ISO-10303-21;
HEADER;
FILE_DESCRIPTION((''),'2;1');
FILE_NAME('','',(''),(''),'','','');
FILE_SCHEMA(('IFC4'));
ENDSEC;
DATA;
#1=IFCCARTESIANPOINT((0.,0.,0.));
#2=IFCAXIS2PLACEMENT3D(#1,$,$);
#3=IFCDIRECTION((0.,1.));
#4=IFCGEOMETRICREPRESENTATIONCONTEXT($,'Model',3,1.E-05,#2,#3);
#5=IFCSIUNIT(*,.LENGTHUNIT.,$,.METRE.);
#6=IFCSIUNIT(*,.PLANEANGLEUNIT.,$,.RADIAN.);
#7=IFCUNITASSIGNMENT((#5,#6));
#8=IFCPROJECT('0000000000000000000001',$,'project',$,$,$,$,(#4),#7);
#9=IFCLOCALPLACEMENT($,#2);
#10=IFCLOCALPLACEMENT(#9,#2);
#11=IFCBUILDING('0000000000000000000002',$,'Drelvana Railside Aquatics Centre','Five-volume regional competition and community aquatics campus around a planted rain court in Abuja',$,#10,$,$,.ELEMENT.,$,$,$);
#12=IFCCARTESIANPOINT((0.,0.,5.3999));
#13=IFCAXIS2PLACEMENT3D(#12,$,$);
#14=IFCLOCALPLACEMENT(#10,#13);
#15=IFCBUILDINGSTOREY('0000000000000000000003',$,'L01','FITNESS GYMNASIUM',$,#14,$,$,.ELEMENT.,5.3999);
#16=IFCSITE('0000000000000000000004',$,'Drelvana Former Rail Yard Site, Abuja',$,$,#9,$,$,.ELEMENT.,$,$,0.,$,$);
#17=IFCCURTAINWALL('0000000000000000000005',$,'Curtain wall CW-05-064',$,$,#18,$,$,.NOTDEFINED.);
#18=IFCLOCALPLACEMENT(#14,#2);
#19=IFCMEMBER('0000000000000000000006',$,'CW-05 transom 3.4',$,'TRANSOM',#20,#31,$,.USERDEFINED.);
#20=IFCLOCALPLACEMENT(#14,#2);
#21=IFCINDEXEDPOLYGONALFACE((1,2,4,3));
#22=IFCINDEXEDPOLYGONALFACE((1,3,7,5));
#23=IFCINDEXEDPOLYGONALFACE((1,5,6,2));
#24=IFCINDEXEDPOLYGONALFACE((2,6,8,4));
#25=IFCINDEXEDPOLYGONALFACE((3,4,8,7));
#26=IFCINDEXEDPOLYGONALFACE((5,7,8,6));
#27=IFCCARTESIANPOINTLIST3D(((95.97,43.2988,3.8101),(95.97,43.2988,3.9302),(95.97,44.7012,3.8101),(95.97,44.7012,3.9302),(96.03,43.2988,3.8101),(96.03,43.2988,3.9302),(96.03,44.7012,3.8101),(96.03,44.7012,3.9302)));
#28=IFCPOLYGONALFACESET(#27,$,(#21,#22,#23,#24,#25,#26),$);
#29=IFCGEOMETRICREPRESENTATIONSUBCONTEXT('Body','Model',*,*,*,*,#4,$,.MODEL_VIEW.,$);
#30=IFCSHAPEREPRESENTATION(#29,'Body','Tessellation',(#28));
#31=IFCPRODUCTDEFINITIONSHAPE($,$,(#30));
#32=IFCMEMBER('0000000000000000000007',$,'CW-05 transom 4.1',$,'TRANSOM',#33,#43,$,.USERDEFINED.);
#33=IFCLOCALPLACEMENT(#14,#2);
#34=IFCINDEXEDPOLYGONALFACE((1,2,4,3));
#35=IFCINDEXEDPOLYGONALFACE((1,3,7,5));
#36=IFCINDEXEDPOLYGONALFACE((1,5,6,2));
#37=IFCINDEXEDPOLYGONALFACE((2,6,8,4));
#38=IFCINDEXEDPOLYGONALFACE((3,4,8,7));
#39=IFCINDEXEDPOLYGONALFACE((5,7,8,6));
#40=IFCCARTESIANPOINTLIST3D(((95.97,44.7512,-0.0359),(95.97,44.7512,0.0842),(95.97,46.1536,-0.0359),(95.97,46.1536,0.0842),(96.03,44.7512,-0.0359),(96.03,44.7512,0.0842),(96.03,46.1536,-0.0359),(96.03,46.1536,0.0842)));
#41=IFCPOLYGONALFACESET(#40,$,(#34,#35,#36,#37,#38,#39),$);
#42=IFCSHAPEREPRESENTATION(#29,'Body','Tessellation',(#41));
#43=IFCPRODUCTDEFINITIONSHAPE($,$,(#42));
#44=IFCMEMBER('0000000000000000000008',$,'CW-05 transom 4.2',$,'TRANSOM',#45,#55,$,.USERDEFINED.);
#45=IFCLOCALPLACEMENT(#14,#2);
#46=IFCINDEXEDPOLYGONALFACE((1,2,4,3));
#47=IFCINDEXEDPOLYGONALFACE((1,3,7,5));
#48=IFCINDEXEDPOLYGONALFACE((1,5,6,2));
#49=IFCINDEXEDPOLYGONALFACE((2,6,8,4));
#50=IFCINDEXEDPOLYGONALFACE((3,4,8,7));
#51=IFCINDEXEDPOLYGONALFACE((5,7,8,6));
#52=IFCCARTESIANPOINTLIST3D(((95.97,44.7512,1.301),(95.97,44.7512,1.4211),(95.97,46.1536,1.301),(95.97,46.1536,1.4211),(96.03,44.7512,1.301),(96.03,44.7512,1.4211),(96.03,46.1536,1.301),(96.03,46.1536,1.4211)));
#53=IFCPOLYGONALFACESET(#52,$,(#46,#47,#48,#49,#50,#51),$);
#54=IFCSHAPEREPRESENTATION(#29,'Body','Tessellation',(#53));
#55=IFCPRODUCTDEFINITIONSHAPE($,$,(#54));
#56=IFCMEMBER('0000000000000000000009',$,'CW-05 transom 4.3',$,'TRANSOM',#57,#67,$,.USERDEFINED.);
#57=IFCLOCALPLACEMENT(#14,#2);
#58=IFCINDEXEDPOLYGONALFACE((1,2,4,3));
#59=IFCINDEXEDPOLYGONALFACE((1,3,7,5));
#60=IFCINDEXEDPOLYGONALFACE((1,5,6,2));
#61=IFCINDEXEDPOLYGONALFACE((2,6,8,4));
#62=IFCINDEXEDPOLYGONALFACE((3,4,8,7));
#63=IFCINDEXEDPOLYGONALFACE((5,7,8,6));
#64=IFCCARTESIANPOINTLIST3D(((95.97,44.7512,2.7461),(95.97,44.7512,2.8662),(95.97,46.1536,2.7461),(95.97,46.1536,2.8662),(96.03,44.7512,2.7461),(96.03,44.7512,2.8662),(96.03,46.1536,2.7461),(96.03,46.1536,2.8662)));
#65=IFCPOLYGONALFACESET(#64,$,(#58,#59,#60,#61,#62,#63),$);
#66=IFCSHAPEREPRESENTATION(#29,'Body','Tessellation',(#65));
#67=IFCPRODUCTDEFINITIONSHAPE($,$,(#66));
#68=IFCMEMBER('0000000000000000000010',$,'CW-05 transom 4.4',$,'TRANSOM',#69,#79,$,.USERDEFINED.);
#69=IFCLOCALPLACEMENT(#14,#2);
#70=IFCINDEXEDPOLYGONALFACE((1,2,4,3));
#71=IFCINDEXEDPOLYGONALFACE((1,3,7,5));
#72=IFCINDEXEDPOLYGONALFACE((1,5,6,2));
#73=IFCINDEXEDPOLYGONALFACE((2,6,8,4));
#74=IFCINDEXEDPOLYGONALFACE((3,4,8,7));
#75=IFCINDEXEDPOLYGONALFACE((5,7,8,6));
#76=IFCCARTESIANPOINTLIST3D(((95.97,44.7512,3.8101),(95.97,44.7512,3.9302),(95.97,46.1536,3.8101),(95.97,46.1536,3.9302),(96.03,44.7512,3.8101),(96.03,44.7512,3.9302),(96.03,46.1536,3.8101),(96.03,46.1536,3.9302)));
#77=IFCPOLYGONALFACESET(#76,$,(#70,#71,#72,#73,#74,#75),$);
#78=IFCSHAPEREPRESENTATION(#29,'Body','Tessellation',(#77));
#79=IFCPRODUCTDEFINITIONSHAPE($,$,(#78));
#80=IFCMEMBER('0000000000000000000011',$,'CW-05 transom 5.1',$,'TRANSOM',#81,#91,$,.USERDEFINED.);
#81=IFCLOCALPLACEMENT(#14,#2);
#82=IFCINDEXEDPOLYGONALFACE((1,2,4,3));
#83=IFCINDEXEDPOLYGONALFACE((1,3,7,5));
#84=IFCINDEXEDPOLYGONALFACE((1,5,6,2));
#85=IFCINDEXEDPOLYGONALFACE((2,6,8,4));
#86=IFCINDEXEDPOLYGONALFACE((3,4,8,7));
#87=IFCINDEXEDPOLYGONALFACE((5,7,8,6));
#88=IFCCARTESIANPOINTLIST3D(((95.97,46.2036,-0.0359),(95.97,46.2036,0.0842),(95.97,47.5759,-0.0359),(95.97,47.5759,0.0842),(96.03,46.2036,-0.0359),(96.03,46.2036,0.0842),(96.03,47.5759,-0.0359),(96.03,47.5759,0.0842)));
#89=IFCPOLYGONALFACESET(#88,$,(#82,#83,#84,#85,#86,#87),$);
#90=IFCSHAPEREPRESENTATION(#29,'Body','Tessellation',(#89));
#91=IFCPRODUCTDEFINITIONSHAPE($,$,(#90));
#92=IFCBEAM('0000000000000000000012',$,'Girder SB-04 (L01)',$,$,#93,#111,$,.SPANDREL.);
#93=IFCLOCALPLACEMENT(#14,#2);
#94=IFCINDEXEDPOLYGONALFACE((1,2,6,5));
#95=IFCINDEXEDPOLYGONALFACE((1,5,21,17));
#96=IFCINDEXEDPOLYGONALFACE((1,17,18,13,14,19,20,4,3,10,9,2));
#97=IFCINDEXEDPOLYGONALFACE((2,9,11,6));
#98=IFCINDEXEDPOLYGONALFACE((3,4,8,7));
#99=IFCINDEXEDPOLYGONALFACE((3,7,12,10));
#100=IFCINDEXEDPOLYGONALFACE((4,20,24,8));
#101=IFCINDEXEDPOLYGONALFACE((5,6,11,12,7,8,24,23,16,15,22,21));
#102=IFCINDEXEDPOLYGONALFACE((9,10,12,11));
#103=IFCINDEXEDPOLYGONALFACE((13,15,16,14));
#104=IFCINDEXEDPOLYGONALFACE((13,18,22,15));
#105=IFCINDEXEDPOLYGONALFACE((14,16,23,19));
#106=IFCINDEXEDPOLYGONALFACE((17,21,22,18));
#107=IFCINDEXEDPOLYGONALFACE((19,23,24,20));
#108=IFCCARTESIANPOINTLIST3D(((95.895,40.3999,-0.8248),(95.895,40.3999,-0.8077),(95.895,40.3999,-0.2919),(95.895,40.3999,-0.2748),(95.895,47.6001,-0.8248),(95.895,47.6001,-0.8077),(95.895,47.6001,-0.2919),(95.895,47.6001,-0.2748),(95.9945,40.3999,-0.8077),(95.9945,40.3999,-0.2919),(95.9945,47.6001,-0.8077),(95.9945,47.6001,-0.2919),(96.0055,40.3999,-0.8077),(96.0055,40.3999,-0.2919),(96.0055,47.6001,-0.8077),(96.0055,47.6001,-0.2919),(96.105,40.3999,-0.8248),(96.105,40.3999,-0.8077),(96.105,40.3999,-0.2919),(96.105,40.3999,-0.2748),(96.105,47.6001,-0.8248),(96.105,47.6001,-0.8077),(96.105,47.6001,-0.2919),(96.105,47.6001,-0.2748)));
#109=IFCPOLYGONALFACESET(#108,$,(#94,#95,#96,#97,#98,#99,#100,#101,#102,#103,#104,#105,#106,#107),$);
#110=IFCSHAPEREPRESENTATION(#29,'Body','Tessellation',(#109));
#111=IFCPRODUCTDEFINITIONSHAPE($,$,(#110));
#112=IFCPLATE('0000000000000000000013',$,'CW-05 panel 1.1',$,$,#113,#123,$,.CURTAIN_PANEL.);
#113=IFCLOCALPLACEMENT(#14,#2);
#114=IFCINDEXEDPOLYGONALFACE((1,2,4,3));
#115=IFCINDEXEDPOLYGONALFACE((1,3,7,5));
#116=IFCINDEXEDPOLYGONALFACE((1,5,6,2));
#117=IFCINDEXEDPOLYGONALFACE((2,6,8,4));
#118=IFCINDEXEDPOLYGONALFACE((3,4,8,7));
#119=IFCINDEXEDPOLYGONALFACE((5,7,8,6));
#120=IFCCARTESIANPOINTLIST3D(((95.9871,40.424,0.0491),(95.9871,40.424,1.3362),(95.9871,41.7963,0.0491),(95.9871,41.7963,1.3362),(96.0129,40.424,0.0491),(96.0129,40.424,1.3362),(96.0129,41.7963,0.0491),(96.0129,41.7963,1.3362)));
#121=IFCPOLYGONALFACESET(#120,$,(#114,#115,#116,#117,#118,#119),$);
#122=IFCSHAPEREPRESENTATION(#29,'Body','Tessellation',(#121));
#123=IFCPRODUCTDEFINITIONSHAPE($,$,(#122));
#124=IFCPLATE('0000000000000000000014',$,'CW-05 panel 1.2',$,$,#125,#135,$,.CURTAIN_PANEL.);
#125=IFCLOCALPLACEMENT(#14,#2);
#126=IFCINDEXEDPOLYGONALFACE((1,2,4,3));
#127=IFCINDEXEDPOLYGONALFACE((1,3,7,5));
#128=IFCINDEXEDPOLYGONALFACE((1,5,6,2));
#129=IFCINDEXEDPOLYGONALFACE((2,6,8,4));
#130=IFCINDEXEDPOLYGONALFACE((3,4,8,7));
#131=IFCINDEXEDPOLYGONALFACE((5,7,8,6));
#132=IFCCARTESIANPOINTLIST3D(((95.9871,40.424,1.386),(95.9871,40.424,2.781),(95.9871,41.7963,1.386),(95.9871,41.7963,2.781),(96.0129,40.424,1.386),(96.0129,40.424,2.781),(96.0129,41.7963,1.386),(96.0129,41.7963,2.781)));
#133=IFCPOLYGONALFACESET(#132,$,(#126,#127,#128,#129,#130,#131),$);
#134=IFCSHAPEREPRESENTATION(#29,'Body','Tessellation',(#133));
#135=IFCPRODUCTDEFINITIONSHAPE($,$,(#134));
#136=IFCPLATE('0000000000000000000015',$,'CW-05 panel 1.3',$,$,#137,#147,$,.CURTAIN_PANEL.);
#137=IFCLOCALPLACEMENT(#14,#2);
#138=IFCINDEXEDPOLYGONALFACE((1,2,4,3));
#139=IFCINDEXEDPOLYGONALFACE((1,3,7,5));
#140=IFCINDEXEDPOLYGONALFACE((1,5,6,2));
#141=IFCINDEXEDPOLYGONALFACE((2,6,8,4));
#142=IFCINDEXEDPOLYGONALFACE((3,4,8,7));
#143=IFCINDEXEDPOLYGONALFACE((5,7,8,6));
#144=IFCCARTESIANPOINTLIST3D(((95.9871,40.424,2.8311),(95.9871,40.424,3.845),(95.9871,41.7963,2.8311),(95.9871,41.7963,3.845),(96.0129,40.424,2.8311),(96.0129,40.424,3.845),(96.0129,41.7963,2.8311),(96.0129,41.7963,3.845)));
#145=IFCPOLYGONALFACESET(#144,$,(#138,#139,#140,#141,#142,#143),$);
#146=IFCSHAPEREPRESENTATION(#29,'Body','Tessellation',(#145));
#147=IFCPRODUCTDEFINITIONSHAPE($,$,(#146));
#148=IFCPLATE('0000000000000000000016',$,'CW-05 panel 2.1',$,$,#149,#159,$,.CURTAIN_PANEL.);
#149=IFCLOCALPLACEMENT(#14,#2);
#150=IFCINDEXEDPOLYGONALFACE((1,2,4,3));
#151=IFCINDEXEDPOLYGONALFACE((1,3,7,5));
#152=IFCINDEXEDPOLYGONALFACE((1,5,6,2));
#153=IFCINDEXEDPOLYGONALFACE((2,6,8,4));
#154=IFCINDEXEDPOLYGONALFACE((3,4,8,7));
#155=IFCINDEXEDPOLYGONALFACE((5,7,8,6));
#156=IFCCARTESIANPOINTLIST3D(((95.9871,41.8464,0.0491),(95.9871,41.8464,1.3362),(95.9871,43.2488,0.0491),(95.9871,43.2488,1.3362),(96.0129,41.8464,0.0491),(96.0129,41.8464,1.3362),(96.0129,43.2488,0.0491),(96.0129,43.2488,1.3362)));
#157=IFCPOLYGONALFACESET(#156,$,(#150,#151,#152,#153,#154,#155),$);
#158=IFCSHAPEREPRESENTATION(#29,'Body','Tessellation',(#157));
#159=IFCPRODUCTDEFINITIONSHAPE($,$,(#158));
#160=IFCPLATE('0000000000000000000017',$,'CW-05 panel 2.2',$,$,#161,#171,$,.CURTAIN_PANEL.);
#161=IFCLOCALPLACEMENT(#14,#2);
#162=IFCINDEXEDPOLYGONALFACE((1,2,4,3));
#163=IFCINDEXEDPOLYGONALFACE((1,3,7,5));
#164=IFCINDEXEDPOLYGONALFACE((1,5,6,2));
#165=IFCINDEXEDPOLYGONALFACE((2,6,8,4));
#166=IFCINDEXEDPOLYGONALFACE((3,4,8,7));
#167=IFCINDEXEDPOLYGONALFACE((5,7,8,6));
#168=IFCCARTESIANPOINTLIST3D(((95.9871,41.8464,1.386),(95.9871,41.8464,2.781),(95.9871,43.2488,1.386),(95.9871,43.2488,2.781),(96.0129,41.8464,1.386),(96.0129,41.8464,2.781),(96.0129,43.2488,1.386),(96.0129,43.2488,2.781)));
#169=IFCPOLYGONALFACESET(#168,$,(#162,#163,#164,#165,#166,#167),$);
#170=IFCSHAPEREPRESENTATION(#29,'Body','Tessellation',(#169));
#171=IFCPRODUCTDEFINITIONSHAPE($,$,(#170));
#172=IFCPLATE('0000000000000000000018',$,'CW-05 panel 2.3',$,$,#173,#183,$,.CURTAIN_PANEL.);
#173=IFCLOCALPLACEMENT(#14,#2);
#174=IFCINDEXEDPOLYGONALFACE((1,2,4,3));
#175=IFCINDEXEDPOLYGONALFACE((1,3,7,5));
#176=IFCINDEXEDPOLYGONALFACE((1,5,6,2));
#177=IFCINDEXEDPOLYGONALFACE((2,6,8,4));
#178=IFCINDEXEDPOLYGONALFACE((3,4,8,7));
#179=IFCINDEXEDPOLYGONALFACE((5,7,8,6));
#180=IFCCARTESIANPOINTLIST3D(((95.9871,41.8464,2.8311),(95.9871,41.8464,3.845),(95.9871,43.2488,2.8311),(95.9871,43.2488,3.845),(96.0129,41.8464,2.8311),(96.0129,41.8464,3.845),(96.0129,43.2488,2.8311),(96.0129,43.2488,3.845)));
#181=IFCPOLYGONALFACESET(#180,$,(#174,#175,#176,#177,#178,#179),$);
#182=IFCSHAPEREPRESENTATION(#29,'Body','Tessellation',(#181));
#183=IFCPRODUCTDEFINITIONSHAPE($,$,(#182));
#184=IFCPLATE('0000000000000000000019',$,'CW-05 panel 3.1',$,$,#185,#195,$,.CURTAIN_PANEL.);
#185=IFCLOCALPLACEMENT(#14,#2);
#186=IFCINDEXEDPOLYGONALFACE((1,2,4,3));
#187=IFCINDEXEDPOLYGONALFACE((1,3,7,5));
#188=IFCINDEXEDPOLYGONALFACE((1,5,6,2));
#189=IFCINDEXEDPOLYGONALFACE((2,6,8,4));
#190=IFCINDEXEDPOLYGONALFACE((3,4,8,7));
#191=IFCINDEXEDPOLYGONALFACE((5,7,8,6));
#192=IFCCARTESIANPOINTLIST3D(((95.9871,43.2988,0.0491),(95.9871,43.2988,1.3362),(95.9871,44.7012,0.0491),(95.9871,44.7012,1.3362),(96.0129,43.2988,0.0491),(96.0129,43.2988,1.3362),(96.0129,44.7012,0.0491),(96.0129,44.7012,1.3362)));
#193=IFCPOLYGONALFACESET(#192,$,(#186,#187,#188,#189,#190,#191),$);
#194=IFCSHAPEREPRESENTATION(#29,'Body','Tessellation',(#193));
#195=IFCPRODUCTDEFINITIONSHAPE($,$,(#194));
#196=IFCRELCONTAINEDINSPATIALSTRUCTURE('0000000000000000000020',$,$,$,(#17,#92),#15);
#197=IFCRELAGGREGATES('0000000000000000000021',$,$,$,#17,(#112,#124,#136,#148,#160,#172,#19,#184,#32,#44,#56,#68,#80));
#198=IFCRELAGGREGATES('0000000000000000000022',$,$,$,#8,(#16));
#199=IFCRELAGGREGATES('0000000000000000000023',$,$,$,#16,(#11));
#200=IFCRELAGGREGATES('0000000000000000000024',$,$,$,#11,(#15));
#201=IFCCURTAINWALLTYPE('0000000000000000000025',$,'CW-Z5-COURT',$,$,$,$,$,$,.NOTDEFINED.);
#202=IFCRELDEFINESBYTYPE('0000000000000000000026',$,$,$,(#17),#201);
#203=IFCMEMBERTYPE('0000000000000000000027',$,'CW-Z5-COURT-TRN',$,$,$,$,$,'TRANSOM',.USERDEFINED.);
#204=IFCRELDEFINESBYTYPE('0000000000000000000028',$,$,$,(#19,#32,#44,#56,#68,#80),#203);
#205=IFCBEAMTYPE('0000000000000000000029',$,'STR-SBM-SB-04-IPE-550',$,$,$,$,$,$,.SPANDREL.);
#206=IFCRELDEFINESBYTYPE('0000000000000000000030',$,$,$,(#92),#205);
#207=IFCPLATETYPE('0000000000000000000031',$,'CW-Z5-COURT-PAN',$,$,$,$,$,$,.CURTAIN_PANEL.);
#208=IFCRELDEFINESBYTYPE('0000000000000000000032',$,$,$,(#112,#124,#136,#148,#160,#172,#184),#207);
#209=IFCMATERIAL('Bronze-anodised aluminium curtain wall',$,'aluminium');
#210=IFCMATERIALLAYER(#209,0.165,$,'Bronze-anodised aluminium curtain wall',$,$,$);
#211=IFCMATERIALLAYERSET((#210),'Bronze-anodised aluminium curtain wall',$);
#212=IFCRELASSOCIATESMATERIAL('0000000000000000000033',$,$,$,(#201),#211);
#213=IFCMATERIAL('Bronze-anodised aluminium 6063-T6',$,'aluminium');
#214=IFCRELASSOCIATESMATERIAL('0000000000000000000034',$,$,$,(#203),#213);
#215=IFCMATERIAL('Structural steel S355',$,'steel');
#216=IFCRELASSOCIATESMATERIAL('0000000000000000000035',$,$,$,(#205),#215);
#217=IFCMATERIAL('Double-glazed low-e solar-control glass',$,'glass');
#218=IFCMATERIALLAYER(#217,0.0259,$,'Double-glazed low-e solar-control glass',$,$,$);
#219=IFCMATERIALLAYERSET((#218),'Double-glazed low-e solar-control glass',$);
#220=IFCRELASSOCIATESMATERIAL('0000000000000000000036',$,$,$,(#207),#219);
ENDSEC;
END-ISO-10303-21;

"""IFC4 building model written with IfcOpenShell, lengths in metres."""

from ifc_helpers import new_model, si_unit, direction, frame, origin, origin_2d, place, context, subcontext, project, spatial, rectangle, i_section, extrude, material, layer, layer_set, material_profile, profile_set, type_object, element, aggregate, save


model = new_model("IFC4")

# Units and contexts
model_context = context("Model", 3, precision=1e-05, world=origin(), true_north=direction((0.0, 1.0)))
body_context = subcontext(model_context, "Body", "Model", "MODEL_VIEW")
ifc_project = project(units=[si_unit("LENGTHUNIT", "METRE"), si_unit("PLANEANGLEUNIT", "RADIAN")], contexts=[model_context])

# Site, building, storey
site_placement = place(None, origin())
site = spatial("IfcSite", under=ifc_project, at=site_placement, Name="Drelvana Former Rail Yard Site, Abuja", CompositionType="ELEMENT", RefElevation=0.0)
building_placement = place(site_placement, origin())
building = spatial("IfcBuilding", under=site, at=building_placement, Name="Drelvana Railside Aquatics Centre", Description="Five-volume regional competition and community aquatics campus around a planted rain court in Abuja", CompositionType="ELEMENT")
storey_placement = place(building_placement, frame((0.0, 0.0, 5.3999)))
storey = spatial("IfcBuildingStorey", under=building, at=storey_placement, Name="L01", Description="FITNESS GYMNASIUM", CompositionType="ELEMENT", Elevation=5.3999)

# Curtain wall, members
ifc_material_1 = material(Name="Bronze-anodised aluminium curtain wall", Category="aluminium")
ifc_layer_1 = layer(ifc_material_1, 0.165, Name="Bronze-anodised aluminium curtain wall")
ifc_layer_set_1 = layer_set([ifc_layer_1], Name="Bronze-anodised aluminium curtain wall")
curtain_wall_type = type_object("IfcCurtainWallType", Name="CW-Z5-COURT", PredefinedType="NOTDEFINED", material=ifc_layer_set_1)
curtain_wall_placement = place(storey_placement, origin())
curtain_wall = element("IfcCurtainWall", 1, at=curtain_wall_placement, inside=storey, type_object=curtain_wall_type, Name="Curtain wall CW-05-064", PredefinedType="NOTDEFINED")
ifc_material_2 = material(Name="Bronze-anodised aluminium 6063-T6", Category="aluminium")
ifc_material_profile_1 = material_profile(ifc_material_2, rectangle(XDim=0.1201, YDim=0.0601, at=origin_2d()), Name="ALU-T 60x120")
ifc_profile_set_1 = profile_set([ifc_material_profile_1], Name="Bronze-anodised aluminium 6063-T6")
member_type_1 = type_object("IfcMemberType", Name="CW-Z5-COURT-TRN", ElementType="TRANSOM", PredefinedType="USERDEFINED", material=ifc_profile_set_1)
member_1_placement = place(storey_placement, frame((96.0, 43.2988, 3.8701), z_axis=(0.0, 1.0, 0.0), x_axis=(0.0, 0.0, 1.0)))
member_1 = element("IfcMember", 2, at=member_1_placement, type_object=member_type_1, Name="CW-05 transom 3.4", ObjectType="TRANSOM", PredefinedType="USERDEFINED", context=body_context, shape_type="SweptSolid", body=[
    extrude(rectangle(XDim=0.1201, YDim=0.0601, at=origin_2d()), origin(), (0.0, 0.0, 1.0), 1.4023),
])
member_2_placement = place(storey_placement, frame((96.0, 44.7512, 0.0242), z_axis=(0.0, 1.0, 0.0), x_axis=(0.0, 0.0, 1.0)))
member_2 = element("IfcMember", 3, at=member_2_placement, type_object=member_type_1, Name="CW-05 transom 4.1", ObjectType="TRANSOM", PredefinedType="USERDEFINED", context=body_context, shape_type="SweptSolid", body=[
    extrude(rectangle(XDim=0.1201, YDim=0.0601, at=origin_2d()), origin(), (0.0, 0.0, 1.0), 1.4023),
])
member_3_placement = place(storey_placement, frame((96.0, 44.7512, 1.3611), z_axis=(0.0, 1.0, 0.0), x_axis=(0.0, 0.0, 1.0)))
member_3 = element("IfcMember", 4, at=member_3_placement, type_object=member_type_1, Name="CW-05 transom 4.2", ObjectType="TRANSOM", PredefinedType="USERDEFINED", context=body_context, shape_type="SweptSolid", body=[
    extrude(rectangle(XDim=0.1201, YDim=0.0601, at=origin_2d()), origin(), (0.0, 0.0, 1.0), 1.4023),
])
member_4_placement = place(storey_placement, frame((96.0, 44.7512, 2.8062), z_axis=(0.0, 1.0, 0.0), x_axis=(0.0, 0.0, 1.0)))
member_4 = element("IfcMember", 5, at=member_4_placement, type_object=member_type_1, Name="CW-05 transom 4.3", ObjectType="TRANSOM", PredefinedType="USERDEFINED", context=body_context, shape_type="SweptSolid", body=[
    extrude(rectangle(XDim=0.1201, YDim=0.0601, at=origin_2d()), origin(), (0.0, 0.0, 1.0), 1.4023),
])
member_5_placement = place(storey_placement, frame((96.0, 44.7512, 3.8701), z_axis=(0.0, 1.0, 0.0), x_axis=(0.0, 0.0, 1.0)))
member_5 = element("IfcMember", 6, at=member_5_placement, type_object=member_type_1, Name="CW-05 transom 4.4", ObjectType="TRANSOM", PredefinedType="USERDEFINED", context=body_context, shape_type="SweptSolid", body=[
    extrude(rectangle(XDim=0.1201, YDim=0.0601, at=origin_2d()), origin(), (0.0, 0.0, 1.0), 1.4023),
])
member_6_placement = place(storey_placement, frame((96.0, 46.2036, 0.0242), z_axis=(0.0, 1.0, 0.0), x_axis=(0.0, 0.0, 1.0)))
member_6 = element("IfcMember", 7, at=member_6_placement, type_object=member_type_1, Name="CW-05 transom 5.1", ObjectType="TRANSOM", PredefinedType="USERDEFINED", context=body_context, shape_type="SweptSolid", body=[
    extrude(rectangle(XDim=0.1201, YDim=0.0601, at=origin_2d()), origin(), (0.0, 0.0, 1.0), 1.3723),
])

# Beam
ifc_material_3 = material(Name="Structural steel S355", Category="steel")
ifc_material_profile_2 = material_profile(ifc_material_3, i_section(OverallWidth=0.21, OverallDepth=0.55, WebThickness=0.011, FlangeThickness=0.0171, at=origin_2d()), Name="IPE 550")
ifc_profile_set_2 = profile_set([ifc_material_profile_2], Name="Structural steel S355")
beam_type = type_object("IfcBeamType", Name="STR-SBM-SB-04-IPE-550", PredefinedType="SPANDREL", material=ifc_profile_set_2)
beam_placement = place(storey_placement, frame((96.0, 40.3999, -0.5498), z_axis=(0.0, 1.0, 0.0), x_axis=(-1.0, 0.0, 0.0)))
element("IfcBeam", 8, at=beam_placement, inside=storey, type_object=beam_type, Name="Girder SB-04 (L01)", PredefinedType="SPANDREL", context=body_context, shape_type="SweptSolid", body=[
    extrude(i_section(OverallWidth=0.21, OverallDepth=0.55, WebThickness=0.011, FlangeThickness=0.0171, at=origin_2d()), origin(), (0.0, 0.0, 1.0), 7.2002),
])

# Plates
ifc_material_4 = material(Name="Double-glazed low-e solar-control glass", Category="glass")
ifc_layer_2 = layer(ifc_material_4, 0.0259, Name="Double-glazed low-e solar-control glass")
ifc_layer_set_2 = layer_set([ifc_layer_2], Name="Double-glazed low-e solar-control glass")
plate_type = type_object("IfcPlateType", Name="CW-Z5-COURT-PAN", PredefinedType="CURTAIN_PANEL", material=ifc_layer_set_2)
plate_1_placement = place(storey_placement, frame((96.0, 41.1101, 0.0491), z_axis=(0.0, 0.0, 1.0), x_axis=(0.0, 1.0, 0.0)))
plate_1 = element("IfcPlate", 9, at=plate_1_placement, type_object=plate_type, Name="CW-05 panel 1.1", PredefinedType="CURTAIN_PANEL", context=body_context, shape_type="SweptSolid", body=[
    extrude(rectangle(XDim=1.3723, YDim=0.0259, at=origin_2d()), origin(), (0.0, 0.0, 1.0), 1.2871),
])
plate_2_placement = place(storey_placement, frame((96.0, 41.1101, 1.386), z_axis=(0.0, 0.0, 1.0), x_axis=(0.0, 1.0, 0.0)))
plate_2 = element("IfcPlate", 10, at=plate_2_placement, type_object=plate_type, Name="CW-05 panel 1.2", PredefinedType="CURTAIN_PANEL", context=body_context, shape_type="SweptSolid", body=[
    extrude(rectangle(XDim=1.3723, YDim=0.0259, at=origin_2d()), origin(), (0.0, 0.0, 1.0), 1.395),
])
plate_3_placement = place(storey_placement, frame((96.0, 41.1101, 2.8311), z_axis=(0.0, 0.0, 1.0), x_axis=(0.0, 1.0, 0.0)))
plate_3 = element("IfcPlate", 11, at=plate_3_placement, type_object=plate_type, Name="CW-05 panel 1.3", PredefinedType="CURTAIN_PANEL", context=body_context, shape_type="SweptSolid", body=[
    extrude(rectangle(XDim=1.3723, YDim=0.0259, at=origin_2d()), origin(), (0.0, 0.0, 1.0), 1.0139),
])
plate_4_placement = place(storey_placement, frame((96.0, 42.5476, 0.0491), z_axis=(0.0, 0.0, 1.0), x_axis=(0.0, 1.0, 0.0)))
plate_4 = element("IfcPlate", 12, at=plate_4_placement, type_object=plate_type, Name="CW-05 panel 2.1", PredefinedType="CURTAIN_PANEL", context=body_context, shape_type="SweptSolid", body=[
    extrude(rectangle(XDim=1.4023, YDim=0.0259, at=origin_2d()), origin(), (0.0, 0.0, 1.0), 1.2871),
])
plate_5_placement = place(storey_placement, frame((96.0, 42.5476, 1.386), z_axis=(0.0, 0.0, 1.0), x_axis=(0.0, 1.0, 0.0)))
plate_5 = element("IfcPlate", 13, at=plate_5_placement, type_object=plate_type, Name="CW-05 panel 2.2", PredefinedType="CURTAIN_PANEL", context=body_context, shape_type="SweptSolid", body=[
    extrude(rectangle(XDim=1.4023, YDim=0.0259, at=origin_2d()), origin(), (0.0, 0.0, 1.0), 1.395),
])
plate_6_placement = place(storey_placement, frame((96.0, 42.5476, 2.8311), z_axis=(0.0, 0.0, 1.0), x_axis=(0.0, 1.0, 0.0)))
plate_6 = element("IfcPlate", 14, at=plate_6_placement, type_object=plate_type, Name="CW-05 panel 2.3", PredefinedType="CURTAIN_PANEL", context=body_context, shape_type="SweptSolid", body=[
    extrude(rectangle(XDim=1.4023, YDim=0.0259, at=origin_2d()), origin(), (0.0, 0.0, 1.0), 1.0139),
])
plate_7_placement = place(storey_placement, frame((96.0, 44.0, 0.0491), z_axis=(0.0, 0.0, 1.0), x_axis=(0.0, 1.0, 0.0)))
plate_7 = element("IfcPlate", 15, at=plate_7_placement, type_object=plate_type, Name="CW-05 panel 3.1", PredefinedType="CURTAIN_PANEL", context=body_context, shape_type="SweptSolid", body=[
    extrude(rectangle(XDim=1.4023, YDim=0.0259, at=origin_2d()), origin(), (0.0, 0.0, 1.0), 1.2871),
])
aggregate(curtain_wall, [plate_1, plate_2, plate_3, plate_4, plate_5, plate_6, member_1, plate_7, member_2, member_3, member_4, member_5, member_6])

save(model, "model.ifc")
